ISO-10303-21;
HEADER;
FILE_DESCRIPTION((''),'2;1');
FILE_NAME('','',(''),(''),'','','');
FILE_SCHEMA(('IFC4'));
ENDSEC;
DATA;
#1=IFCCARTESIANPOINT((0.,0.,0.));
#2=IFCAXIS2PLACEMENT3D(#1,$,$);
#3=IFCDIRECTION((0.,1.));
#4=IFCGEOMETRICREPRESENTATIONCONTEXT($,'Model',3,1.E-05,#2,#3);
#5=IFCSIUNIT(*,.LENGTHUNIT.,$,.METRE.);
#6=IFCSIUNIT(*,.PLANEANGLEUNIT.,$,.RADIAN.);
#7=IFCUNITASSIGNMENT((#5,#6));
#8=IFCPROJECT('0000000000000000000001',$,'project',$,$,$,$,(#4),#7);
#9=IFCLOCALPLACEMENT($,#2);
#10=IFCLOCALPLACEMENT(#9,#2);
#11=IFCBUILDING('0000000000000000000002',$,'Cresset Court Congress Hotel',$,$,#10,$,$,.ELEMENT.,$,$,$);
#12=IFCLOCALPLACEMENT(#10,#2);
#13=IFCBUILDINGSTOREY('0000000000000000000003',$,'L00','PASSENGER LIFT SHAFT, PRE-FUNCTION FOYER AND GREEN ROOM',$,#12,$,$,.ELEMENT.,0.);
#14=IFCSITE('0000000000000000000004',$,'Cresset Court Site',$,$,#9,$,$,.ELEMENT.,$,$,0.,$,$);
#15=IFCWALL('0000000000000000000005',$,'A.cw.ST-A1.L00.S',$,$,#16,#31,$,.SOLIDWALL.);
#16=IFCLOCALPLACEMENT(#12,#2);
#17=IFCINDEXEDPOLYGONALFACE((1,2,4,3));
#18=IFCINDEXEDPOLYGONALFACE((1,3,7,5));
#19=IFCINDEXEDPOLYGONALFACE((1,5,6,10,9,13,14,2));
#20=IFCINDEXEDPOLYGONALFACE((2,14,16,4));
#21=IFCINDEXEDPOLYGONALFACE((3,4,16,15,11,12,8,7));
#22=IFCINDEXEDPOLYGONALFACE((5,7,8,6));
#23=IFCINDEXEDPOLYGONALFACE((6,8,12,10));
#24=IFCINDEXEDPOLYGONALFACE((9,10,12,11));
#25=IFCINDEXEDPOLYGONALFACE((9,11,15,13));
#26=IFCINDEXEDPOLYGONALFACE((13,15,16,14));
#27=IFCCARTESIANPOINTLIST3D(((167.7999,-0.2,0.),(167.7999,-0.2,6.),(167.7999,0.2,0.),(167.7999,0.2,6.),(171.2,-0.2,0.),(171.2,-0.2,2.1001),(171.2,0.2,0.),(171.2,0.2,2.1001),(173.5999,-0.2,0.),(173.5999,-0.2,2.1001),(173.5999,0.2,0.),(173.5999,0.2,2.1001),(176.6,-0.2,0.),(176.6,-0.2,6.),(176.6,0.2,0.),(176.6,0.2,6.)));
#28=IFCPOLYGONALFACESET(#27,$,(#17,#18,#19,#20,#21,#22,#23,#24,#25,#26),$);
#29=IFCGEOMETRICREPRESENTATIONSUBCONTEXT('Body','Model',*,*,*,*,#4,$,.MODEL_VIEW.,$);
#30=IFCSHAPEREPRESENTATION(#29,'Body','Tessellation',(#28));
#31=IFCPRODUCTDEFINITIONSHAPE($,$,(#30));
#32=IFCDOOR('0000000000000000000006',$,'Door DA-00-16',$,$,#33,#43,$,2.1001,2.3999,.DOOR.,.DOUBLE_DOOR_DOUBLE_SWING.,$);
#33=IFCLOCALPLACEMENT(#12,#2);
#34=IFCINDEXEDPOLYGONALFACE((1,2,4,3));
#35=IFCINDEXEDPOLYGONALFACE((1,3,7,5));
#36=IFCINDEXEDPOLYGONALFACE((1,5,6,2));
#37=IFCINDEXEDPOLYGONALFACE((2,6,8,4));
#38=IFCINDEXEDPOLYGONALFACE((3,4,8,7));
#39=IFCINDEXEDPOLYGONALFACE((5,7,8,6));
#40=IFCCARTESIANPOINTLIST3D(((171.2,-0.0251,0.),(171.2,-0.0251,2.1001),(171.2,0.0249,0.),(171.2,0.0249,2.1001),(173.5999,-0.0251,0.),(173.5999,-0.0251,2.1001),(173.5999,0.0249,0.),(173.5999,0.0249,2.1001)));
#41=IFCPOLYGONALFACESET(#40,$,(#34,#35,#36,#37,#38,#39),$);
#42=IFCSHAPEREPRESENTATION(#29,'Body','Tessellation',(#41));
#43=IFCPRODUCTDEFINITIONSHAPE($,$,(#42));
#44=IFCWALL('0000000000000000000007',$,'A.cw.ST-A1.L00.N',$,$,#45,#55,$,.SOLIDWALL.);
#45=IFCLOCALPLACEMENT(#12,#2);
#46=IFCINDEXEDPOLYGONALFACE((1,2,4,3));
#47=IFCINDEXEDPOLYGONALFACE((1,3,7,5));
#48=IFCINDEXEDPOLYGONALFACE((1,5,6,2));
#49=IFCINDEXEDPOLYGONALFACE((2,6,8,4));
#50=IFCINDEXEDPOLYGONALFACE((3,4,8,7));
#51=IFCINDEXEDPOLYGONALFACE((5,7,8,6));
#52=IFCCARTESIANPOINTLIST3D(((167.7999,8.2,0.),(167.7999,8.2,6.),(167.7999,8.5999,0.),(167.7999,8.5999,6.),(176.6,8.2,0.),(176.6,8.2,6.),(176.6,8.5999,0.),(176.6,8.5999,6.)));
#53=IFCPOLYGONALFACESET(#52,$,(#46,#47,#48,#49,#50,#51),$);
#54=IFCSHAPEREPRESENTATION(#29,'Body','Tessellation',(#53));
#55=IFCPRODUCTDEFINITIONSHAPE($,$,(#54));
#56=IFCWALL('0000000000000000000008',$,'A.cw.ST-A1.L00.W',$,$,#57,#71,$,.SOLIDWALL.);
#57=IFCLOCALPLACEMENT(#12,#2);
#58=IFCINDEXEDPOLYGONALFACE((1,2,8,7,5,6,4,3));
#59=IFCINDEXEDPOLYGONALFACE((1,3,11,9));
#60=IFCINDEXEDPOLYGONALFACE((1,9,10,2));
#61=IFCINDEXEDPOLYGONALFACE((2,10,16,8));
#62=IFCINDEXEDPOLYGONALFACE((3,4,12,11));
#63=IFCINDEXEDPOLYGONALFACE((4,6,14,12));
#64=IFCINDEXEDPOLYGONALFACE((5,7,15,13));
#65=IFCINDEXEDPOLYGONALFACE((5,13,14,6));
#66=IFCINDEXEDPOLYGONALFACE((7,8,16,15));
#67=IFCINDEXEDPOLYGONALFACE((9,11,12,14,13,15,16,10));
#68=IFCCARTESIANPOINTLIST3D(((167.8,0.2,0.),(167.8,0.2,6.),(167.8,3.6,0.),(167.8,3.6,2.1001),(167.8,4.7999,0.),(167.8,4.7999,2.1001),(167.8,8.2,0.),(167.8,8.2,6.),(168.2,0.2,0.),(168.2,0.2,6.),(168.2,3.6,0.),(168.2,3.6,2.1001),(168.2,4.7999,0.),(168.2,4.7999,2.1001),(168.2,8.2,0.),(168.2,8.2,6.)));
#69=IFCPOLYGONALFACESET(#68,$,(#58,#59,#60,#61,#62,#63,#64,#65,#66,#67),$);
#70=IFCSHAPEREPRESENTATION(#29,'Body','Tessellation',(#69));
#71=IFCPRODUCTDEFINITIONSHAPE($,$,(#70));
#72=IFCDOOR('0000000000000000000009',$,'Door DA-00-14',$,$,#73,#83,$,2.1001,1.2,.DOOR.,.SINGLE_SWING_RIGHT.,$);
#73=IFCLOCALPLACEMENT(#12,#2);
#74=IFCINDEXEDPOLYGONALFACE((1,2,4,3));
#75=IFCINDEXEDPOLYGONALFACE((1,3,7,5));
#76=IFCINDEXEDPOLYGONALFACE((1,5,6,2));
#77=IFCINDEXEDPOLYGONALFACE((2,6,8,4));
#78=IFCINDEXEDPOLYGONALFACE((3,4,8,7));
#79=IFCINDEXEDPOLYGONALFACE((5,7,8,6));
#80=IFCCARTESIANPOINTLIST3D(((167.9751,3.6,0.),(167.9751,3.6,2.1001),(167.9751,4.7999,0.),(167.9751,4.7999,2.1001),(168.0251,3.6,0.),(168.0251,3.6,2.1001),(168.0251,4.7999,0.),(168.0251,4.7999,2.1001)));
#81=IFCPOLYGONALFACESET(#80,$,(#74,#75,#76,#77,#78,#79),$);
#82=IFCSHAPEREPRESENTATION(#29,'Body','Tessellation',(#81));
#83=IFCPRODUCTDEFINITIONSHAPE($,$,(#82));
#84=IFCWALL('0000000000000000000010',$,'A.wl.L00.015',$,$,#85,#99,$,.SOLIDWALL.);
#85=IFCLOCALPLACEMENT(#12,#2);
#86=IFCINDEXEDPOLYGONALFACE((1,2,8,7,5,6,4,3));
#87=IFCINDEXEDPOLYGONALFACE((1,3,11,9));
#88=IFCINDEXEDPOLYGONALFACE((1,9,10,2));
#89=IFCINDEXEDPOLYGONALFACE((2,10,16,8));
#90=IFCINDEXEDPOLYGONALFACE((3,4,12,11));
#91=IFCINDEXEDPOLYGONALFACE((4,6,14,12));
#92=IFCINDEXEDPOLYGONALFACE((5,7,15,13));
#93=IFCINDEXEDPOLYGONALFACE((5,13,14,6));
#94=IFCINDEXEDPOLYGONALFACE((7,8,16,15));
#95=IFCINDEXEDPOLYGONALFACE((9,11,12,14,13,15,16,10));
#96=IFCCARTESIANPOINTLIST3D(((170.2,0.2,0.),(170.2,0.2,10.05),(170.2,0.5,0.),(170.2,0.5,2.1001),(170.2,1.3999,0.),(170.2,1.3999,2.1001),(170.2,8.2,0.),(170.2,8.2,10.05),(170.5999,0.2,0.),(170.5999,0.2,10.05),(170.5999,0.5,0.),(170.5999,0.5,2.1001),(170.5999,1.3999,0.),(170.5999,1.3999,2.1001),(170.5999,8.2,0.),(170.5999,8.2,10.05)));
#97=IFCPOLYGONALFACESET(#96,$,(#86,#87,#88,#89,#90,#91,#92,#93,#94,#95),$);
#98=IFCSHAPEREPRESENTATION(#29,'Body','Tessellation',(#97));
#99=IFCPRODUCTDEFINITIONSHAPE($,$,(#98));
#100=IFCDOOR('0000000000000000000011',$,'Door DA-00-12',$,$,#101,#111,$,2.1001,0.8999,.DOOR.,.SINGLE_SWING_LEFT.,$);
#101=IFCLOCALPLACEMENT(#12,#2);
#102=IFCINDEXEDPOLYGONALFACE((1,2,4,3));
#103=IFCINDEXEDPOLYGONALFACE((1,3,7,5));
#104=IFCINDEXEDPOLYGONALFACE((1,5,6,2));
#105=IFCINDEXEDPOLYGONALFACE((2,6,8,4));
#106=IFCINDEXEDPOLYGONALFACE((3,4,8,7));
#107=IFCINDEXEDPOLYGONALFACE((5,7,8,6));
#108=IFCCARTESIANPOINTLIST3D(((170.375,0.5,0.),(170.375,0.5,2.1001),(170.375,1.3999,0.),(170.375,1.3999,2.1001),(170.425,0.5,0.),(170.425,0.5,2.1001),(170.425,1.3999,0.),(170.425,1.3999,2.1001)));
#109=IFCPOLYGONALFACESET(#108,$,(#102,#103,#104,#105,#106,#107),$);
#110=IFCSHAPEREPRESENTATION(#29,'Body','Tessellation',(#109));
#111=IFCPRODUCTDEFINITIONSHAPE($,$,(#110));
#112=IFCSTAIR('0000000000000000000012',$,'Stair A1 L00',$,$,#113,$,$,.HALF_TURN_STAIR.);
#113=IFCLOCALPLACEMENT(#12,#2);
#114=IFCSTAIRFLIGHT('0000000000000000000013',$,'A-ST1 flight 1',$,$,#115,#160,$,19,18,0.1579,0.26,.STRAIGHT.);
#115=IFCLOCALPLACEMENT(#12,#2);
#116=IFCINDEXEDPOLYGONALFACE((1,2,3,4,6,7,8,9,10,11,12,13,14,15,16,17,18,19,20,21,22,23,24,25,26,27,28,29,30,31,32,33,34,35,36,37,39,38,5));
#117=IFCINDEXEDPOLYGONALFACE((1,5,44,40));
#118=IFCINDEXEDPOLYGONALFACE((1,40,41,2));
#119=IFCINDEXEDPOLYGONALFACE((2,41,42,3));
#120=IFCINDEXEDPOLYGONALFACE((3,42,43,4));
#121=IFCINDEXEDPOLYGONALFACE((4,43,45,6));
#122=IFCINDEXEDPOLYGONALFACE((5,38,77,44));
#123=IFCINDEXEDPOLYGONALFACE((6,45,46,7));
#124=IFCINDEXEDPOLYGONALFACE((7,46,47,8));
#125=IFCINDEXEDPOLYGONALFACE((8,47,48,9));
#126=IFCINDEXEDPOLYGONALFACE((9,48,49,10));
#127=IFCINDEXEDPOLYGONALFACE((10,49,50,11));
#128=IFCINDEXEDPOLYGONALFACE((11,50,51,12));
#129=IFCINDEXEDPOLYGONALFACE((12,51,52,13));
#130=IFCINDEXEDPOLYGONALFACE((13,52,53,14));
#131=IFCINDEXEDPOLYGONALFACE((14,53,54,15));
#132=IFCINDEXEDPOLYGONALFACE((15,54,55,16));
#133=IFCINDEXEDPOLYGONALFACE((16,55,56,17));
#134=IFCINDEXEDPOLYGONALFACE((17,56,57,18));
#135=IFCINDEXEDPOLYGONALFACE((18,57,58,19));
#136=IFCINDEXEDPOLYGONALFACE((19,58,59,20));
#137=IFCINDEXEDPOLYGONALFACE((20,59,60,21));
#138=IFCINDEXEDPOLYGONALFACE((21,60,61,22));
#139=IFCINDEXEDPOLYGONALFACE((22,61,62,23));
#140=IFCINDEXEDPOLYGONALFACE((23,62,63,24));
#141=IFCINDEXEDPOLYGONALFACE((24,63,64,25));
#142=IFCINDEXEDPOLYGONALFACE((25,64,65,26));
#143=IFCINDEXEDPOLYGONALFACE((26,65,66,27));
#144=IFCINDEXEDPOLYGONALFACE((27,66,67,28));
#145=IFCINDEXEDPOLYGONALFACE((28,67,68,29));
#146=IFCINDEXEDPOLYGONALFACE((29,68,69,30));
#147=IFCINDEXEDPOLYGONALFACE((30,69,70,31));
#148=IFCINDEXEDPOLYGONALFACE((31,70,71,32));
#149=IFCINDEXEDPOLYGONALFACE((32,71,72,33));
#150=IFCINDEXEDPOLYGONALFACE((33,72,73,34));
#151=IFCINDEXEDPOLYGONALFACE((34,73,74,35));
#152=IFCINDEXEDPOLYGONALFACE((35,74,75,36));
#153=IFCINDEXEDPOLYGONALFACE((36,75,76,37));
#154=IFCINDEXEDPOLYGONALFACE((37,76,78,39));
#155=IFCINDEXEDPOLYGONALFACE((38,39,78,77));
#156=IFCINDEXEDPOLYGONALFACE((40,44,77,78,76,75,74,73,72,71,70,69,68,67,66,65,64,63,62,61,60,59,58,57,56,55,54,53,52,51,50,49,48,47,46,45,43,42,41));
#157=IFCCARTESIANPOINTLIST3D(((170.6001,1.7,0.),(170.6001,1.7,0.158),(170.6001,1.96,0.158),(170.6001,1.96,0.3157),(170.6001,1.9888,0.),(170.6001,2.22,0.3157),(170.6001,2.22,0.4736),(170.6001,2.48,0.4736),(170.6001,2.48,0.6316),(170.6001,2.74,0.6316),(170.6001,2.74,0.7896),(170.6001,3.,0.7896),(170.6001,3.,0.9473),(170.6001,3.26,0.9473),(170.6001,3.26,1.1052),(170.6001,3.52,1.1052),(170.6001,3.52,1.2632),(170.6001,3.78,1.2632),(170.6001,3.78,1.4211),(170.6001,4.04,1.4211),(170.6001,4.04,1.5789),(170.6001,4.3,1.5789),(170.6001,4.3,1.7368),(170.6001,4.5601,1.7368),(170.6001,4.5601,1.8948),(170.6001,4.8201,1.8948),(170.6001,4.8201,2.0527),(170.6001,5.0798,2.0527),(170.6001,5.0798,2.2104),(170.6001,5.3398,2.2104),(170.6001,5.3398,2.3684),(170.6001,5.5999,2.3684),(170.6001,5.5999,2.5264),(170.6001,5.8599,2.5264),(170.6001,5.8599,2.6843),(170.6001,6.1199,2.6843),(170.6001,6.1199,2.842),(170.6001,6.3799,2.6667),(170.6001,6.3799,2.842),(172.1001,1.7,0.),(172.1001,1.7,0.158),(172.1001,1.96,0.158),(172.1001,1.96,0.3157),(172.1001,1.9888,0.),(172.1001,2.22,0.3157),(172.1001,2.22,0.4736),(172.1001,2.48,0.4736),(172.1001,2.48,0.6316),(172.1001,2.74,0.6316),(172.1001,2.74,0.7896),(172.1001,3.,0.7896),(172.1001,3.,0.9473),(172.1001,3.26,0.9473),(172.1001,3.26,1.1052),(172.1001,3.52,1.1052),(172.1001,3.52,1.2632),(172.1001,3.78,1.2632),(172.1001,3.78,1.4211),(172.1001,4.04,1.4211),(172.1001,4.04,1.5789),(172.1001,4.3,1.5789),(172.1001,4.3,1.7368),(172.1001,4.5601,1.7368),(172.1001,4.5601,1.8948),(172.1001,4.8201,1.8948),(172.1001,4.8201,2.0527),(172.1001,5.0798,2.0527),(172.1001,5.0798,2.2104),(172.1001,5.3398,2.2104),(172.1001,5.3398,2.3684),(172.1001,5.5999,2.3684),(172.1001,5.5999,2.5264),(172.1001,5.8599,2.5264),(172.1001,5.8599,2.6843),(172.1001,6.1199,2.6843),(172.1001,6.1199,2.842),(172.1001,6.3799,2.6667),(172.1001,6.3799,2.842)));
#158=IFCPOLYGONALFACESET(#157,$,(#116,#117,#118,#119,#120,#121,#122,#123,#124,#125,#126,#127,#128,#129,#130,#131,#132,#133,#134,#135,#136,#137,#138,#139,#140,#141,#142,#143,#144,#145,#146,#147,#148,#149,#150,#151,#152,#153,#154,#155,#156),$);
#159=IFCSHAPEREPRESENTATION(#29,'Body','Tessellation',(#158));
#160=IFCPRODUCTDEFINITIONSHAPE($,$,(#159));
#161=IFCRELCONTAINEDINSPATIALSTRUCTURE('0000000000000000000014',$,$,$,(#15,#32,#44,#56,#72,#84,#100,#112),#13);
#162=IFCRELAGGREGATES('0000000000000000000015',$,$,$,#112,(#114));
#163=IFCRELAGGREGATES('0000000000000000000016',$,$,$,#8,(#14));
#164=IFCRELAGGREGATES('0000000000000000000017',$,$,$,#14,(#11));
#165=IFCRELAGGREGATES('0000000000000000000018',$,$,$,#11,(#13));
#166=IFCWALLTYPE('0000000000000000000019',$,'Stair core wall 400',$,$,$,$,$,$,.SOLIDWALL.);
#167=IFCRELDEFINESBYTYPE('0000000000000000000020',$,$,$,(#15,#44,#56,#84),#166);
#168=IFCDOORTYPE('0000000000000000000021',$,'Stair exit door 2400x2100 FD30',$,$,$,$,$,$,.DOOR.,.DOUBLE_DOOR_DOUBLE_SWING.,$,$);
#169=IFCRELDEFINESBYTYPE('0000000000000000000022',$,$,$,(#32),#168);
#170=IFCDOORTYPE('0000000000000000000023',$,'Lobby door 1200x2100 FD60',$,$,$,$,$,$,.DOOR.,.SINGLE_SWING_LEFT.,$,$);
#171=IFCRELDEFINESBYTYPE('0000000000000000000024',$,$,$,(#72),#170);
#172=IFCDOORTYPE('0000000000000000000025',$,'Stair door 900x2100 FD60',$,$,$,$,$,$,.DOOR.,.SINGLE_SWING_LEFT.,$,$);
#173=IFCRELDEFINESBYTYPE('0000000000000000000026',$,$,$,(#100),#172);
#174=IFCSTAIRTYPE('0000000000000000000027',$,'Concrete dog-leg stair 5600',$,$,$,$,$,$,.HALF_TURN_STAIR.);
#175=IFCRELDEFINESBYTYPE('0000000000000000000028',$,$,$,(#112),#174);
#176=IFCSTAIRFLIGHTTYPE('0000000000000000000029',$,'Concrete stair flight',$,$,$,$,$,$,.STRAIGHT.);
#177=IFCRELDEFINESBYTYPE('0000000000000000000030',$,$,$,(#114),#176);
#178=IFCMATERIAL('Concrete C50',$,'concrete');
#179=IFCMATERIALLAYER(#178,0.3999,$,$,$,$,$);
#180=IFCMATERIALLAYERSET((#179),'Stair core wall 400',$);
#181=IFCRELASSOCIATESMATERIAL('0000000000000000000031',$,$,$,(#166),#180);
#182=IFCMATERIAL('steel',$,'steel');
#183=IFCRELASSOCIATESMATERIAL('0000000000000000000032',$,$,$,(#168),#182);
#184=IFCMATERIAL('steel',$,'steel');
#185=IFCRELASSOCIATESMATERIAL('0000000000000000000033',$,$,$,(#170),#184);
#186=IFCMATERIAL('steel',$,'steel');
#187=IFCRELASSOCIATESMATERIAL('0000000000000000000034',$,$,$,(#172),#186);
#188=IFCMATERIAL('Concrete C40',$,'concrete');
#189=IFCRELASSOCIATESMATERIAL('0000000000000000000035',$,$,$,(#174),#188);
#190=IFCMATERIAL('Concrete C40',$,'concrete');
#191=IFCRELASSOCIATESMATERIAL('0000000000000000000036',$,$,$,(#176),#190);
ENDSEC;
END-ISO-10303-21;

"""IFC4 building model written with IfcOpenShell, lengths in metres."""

from ifc_helpers import new_model, si_unit, direction, frame, frame_2d, origin, place, context, subcontext, project, spatial, polyline, rectangle, outline, extrude, material, layer, layer_set, type_object, element, fill, aggregate, save


model = new_model("IFC4")

# Units and contexts
model_context = context("Model", 3, precision=1e-05, world=origin(), true_north=direction((0.0, 1.0)))
body_context = subcontext(model_context, "Body", "Model", "MODEL_VIEW")
ifc_project = project(units=[si_unit("LENGTHUNIT", "METRE"), si_unit("PLANEANGLEUNIT", "RADIAN")], contexts=[model_context])

# Site, building, storey
site_placement = place(None, origin())
site = spatial("IfcSite", under=ifc_project, at=site_placement, Name="Cresset Court Site", CompositionType="ELEMENT", RefElevation=0.0)
building_placement = place(site_placement, origin())
building = spatial("IfcBuilding", under=site, at=building_placement, Name="Cresset Court Congress Hotel", CompositionType="ELEMENT")
storey_placement = place(building_placement, origin())
storey = spatial("IfcBuildingStorey", under=building, at=storey_placement, Name="L00", Description="PASSENGER LIFT SHAFT, PRE-FUNCTION FOYER AND GREEN ROOM", CompositionType="ELEMENT", Elevation=0.0)

# Wall, opening, door
ifc_material_1 = material(Name="Concrete C50", Category="concrete")
ifc_layer_1 = layer(ifc_material_1, 0.3999)
ifc_layer_set_1 = layer_set([ifc_layer_1], Name="Stair core wall 400")
wall_type = type_object("IfcWallType", Name="Stair core wall 400", PredefinedType="SOLIDWALL", material=ifc_layer_set_1)
wall_1_placement = place(storey_placement, frame((167.8, 0.0, 0.0), z_axis=(0.0, 0.0, 1.0), x_axis=(1.0, 0.0, 0.0)))
wall_1 = element("IfcWall", 1, at=wall_1_placement, inside=storey, type_object=wall_type, Name="A.cw.ST-A1.L00.S", PredefinedType="SOLIDWALL", context=body_context, shape_type="SweptSolid", body=[
    extrude(rectangle(XDim=8.8, YDim=0.3999, at=frame_2d((4.3999, 0.0))), origin(), (0.0, 0.0, 1.0), 6.0),
])
opening_1_placement = place(wall_1_placement, frame((3.3999, 0.0, 0.0)))
opening_1 = element("IfcOpeningElement", 2, at=opening_1_placement, cuts=wall_1, PredefinedType="OPENING", context=body_context, shape_type="SweptSolid", body=[
    extrude(rectangle(XDim=2.3999, YDim=2.1001, at=frame_2d((1.2, 1.05))), frame((0.0, 0.21, 0.0), z_axis=(0.0, -1.0, 0.0), x_axis=(1.0, 0.0, 0.0)), (0.0, 0.0, 1.0), 0.4199),
])
ifc_material_2 = material(Name="steel", Category="steel")
door_type_1 = type_object("IfcDoorType", Name="Stair exit door 2400x2100 FD30", OperationType="DOUBLE_DOOR_DOUBLE_SWING", PredefinedType="DOOR", material=ifc_material_2)
door_1_placement = place(opening_1_placement, origin())
door_1 = element("IfcDoor", 3, at=door_1_placement, inside=storey, type_object=door_type_1, Name="Door DA-00-16", OperationType="DOUBLE_DOOR_DOUBLE_SWING", OverallHeight=2.1001, OverallWidth=2.3999, PredefinedType="DOOR", context=body_context, shape_type="SweptSolid", body=[
    extrude(rectangle(XDim=2.3999, YDim=2.1001, at=frame_2d((1.2, 1.05))), frame((0.0, 0.0249, 0.0), z_axis=(0.0, -1.0, 0.0), x_axis=(1.0, 0.0, 0.0)), (0.0, 0.0, 1.0), 0.05),
])
fill(opening_1, door_1)

# Wall
wall_2_placement = place(storey_placement, frame((167.8, 8.3999, 0.0), z_axis=(0.0, 0.0, 1.0), x_axis=(1.0, 0.0, 0.0)))
element("IfcWall", 4, at=wall_2_placement, inside=storey, type_object=wall_type, Name="A.cw.ST-A1.L00.N", PredefinedType="SOLIDWALL", context=body_context, shape_type="SweptSolid", body=[
    extrude(rectangle(XDim=8.8, YDim=0.3999, at=frame_2d((4.3999, 0.0))), origin(), (0.0, 0.0, 1.0), 6.0),
])

# Walls, openings, doors
wall_3_placement = place(storey_placement, frame((168.0, 0.2, 0.0), z_axis=(0.0, 0.0, 1.0), x_axis=(0.0, 1.0, 0.0)))
wall_3 = element("IfcWall", 5, at=wall_3_placement, inside=storey, type_object=wall_type, Name="A.cw.ST-A1.L00.W", PredefinedType="SOLIDWALL", context=body_context, shape_type="SweptSolid", body=[
    extrude(rectangle(XDim=8.0, YDim=0.3999, at=frame_2d((4.0, 0.0))), origin(), (0.0, 0.0, 1.0), 6.0),
])
opening_2_placement = place(wall_3_placement, frame((3.3999, 0.0, 0.0)))
opening_2 = element("IfcOpeningElement", 6, at=opening_2_placement, cuts=wall_3, PredefinedType="OPENING", context=body_context, shape_type="SweptSolid", body=[
    extrude(rectangle(XDim=1.2, YDim=2.1001, at=frame_2d((0.6001, 1.05))), frame((0.0, 0.21, 0.0), z_axis=(0.0, -1.0, 0.0), x_axis=(1.0, 0.0, 0.0)), (0.0, 0.0, 1.0), 0.4199),
])
ifc_material_3 = material(Name="steel", Category="steel")
door_type_2 = type_object("IfcDoorType", Name="Lobby door 1200x2100 FD60", OperationType="SINGLE_SWING_LEFT", PredefinedType="DOOR", material=ifc_material_3)
door_2_placement = place(opening_2_placement, origin())
door_2 = element("IfcDoor", 7, at=door_2_placement, inside=storey, type_object=door_type_2, Name="Door DA-00-14", OperationType="SINGLE_SWING_RIGHT", OverallHeight=2.1001, OverallWidth=1.2, PredefinedType="DOOR", context=body_context, shape_type="SweptSolid", body=[
    extrude(rectangle(XDim=1.2, YDim=2.1001, at=frame_2d((0.6001, 1.05))), frame((0.0, 0.0249, 0.0), z_axis=(0.0, -1.0, 0.0), x_axis=(1.0, 0.0, 0.0)), (0.0, 0.0, 1.0), 0.05),
])
fill(opening_2, door_2)
wall_4_placement = place(storey_placement, frame((170.3999, 0.2, 0.0), z_axis=(0.0, 0.0, 1.0), x_axis=(0.0, 1.0, 0.0)))
wall_4 = element("IfcWall", 8, at=wall_4_placement, inside=storey, type_object=wall_type, Name="A.wl.L00.015", PredefinedType="SOLIDWALL", context=body_context, shape_type="SweptSolid", body=[
    extrude(rectangle(XDim=8.0, YDim=0.3999, at=frame_2d((4.0, 0.0))), origin(), (0.0, 0.0, 1.0), 10.05),
])
opening_3_placement = place(wall_4_placement, frame((0.3, 0.0, 0.0)))
opening_3 = element("IfcOpeningElement", 9, at=opening_3_placement, cuts=wall_4, PredefinedType="OPENING", context=body_context, shape_type="SweptSolid", body=[
    extrude(rectangle(XDim=0.8999, YDim=2.1001, at=frame_2d((0.45, 1.05))), frame((0.0, 0.21, 0.0), z_axis=(0.0, -1.0, 0.0), x_axis=(1.0, 0.0, 0.0)), (0.0, 0.0, 1.0), 0.4199),
])
ifc_material_4 = material(Name="steel", Category="steel")
door_type_3 = type_object("IfcDoorType", Name="Stair door 900x2100 FD60", OperationType="SINGLE_SWING_LEFT", PredefinedType="DOOR", material=ifc_material_4)
door_3_placement = place(opening_3_placement, origin())
door_3 = element("IfcDoor", 10, at=door_3_placement, inside=storey, type_object=door_type_3, Name="Door DA-00-12", OperationType="SINGLE_SWING_LEFT", OverallHeight=2.1001, OverallWidth=0.8999, PredefinedType="DOOR", context=body_context, shape_type="SweptSolid", body=[
    extrude(rectangle(XDim=0.8999, YDim=2.1001, at=frame_2d((0.45, 1.05))), frame((0.0, 0.0249, 0.0), z_axis=(0.0, -1.0, 0.0), x_axis=(1.0, 0.0, 0.0)), (0.0, 0.0, 1.0), 0.05),
])
fill(opening_3, door_3)

# Stair, stair flight
ifc_material_5 = material(Name="Concrete C40", Category="concrete")
stair_type = type_object("IfcStairType", Name="Concrete dog-leg stair 5600", PredefinedType="HALF_TURN_STAIR", material=ifc_material_5)
stair_placement = place(storey_placement, origin())
stair = element("IfcStair", 11, at=stair_placement, inside=storey, type_object=stair_type, Name="Stair A1 L00", PredefinedType="HALF_TURN_STAIR")
ifc_material_6 = material(Name="Concrete C40", Category="concrete")
stair_flight_type = type_object("IfcStairFlightType", Name="Concrete stair flight", PredefinedType="STRAIGHT", material=ifc_material_6)
stair_flight_placement = place(storey_placement, frame((171.3501, 1.7, 0.0), z_axis=(0.0, 0.0, 1.0), x_axis=(0.0, 1.0, 0.0)))
stair_flight = element("IfcStairFlight", 12, at=stair_flight_placement, type_object=stair_flight_type, Name="A-ST1 flight 1", NumberOfRisers=19, NumberOfTreads=18, PredefinedType="STRAIGHT", RiserHeight=0.1579, TreadLength=0.26, context=body_context, shape_type="SweptSolid", body=[
    extrude(outline(polyline([(0.0, 0.0), (0.0, 0.158), (0.26, 0.158), (0.26, 0.3157), (0.52, 0.3157), (0.52, 0.4736), (0.78, 0.4736), (0.78, 0.6316), (1.04, 0.6316), (1.04, 0.7896), (1.3, 0.7896), (1.3, 0.9473), (1.5601, 0.9473), (1.5601, 1.1052), (1.8201, 1.1052), (1.8201, 1.2632), (2.0801, 1.2632), (2.0801, 1.4211), (2.3401, 1.4211), (2.3401, 1.5789), (2.6001, 1.5789), (2.6001, 1.7368), (2.8601, 1.7368), (2.8601, 1.8948), (3.1201, 1.8948), (3.1201, 2.0527), (3.3799, 2.0527), (3.3799, 2.2104), (3.6399, 2.2104), (3.6399, 2.3684), (3.8999, 2.3684), (3.8999, 2.5264), (4.1599, 2.5264), (4.1599, 2.6843), (4.4199, 2.6843), (4.4199, 2.842), (4.6799, 2.842), (4.6799, 3.0), (4.6799, 2.6667), (0.2888, 0.0), (0.0, 0.0)])), frame((0.0, 0.75, 0.0), z_axis=(0.0, -1.0, 0.0), x_axis=(1.0, 0.0, 0.0)), (0.0, 0.0, 1.0), 1.5),
])
aggregate(stair, [stair_flight])

save(model, "model.ifc")
